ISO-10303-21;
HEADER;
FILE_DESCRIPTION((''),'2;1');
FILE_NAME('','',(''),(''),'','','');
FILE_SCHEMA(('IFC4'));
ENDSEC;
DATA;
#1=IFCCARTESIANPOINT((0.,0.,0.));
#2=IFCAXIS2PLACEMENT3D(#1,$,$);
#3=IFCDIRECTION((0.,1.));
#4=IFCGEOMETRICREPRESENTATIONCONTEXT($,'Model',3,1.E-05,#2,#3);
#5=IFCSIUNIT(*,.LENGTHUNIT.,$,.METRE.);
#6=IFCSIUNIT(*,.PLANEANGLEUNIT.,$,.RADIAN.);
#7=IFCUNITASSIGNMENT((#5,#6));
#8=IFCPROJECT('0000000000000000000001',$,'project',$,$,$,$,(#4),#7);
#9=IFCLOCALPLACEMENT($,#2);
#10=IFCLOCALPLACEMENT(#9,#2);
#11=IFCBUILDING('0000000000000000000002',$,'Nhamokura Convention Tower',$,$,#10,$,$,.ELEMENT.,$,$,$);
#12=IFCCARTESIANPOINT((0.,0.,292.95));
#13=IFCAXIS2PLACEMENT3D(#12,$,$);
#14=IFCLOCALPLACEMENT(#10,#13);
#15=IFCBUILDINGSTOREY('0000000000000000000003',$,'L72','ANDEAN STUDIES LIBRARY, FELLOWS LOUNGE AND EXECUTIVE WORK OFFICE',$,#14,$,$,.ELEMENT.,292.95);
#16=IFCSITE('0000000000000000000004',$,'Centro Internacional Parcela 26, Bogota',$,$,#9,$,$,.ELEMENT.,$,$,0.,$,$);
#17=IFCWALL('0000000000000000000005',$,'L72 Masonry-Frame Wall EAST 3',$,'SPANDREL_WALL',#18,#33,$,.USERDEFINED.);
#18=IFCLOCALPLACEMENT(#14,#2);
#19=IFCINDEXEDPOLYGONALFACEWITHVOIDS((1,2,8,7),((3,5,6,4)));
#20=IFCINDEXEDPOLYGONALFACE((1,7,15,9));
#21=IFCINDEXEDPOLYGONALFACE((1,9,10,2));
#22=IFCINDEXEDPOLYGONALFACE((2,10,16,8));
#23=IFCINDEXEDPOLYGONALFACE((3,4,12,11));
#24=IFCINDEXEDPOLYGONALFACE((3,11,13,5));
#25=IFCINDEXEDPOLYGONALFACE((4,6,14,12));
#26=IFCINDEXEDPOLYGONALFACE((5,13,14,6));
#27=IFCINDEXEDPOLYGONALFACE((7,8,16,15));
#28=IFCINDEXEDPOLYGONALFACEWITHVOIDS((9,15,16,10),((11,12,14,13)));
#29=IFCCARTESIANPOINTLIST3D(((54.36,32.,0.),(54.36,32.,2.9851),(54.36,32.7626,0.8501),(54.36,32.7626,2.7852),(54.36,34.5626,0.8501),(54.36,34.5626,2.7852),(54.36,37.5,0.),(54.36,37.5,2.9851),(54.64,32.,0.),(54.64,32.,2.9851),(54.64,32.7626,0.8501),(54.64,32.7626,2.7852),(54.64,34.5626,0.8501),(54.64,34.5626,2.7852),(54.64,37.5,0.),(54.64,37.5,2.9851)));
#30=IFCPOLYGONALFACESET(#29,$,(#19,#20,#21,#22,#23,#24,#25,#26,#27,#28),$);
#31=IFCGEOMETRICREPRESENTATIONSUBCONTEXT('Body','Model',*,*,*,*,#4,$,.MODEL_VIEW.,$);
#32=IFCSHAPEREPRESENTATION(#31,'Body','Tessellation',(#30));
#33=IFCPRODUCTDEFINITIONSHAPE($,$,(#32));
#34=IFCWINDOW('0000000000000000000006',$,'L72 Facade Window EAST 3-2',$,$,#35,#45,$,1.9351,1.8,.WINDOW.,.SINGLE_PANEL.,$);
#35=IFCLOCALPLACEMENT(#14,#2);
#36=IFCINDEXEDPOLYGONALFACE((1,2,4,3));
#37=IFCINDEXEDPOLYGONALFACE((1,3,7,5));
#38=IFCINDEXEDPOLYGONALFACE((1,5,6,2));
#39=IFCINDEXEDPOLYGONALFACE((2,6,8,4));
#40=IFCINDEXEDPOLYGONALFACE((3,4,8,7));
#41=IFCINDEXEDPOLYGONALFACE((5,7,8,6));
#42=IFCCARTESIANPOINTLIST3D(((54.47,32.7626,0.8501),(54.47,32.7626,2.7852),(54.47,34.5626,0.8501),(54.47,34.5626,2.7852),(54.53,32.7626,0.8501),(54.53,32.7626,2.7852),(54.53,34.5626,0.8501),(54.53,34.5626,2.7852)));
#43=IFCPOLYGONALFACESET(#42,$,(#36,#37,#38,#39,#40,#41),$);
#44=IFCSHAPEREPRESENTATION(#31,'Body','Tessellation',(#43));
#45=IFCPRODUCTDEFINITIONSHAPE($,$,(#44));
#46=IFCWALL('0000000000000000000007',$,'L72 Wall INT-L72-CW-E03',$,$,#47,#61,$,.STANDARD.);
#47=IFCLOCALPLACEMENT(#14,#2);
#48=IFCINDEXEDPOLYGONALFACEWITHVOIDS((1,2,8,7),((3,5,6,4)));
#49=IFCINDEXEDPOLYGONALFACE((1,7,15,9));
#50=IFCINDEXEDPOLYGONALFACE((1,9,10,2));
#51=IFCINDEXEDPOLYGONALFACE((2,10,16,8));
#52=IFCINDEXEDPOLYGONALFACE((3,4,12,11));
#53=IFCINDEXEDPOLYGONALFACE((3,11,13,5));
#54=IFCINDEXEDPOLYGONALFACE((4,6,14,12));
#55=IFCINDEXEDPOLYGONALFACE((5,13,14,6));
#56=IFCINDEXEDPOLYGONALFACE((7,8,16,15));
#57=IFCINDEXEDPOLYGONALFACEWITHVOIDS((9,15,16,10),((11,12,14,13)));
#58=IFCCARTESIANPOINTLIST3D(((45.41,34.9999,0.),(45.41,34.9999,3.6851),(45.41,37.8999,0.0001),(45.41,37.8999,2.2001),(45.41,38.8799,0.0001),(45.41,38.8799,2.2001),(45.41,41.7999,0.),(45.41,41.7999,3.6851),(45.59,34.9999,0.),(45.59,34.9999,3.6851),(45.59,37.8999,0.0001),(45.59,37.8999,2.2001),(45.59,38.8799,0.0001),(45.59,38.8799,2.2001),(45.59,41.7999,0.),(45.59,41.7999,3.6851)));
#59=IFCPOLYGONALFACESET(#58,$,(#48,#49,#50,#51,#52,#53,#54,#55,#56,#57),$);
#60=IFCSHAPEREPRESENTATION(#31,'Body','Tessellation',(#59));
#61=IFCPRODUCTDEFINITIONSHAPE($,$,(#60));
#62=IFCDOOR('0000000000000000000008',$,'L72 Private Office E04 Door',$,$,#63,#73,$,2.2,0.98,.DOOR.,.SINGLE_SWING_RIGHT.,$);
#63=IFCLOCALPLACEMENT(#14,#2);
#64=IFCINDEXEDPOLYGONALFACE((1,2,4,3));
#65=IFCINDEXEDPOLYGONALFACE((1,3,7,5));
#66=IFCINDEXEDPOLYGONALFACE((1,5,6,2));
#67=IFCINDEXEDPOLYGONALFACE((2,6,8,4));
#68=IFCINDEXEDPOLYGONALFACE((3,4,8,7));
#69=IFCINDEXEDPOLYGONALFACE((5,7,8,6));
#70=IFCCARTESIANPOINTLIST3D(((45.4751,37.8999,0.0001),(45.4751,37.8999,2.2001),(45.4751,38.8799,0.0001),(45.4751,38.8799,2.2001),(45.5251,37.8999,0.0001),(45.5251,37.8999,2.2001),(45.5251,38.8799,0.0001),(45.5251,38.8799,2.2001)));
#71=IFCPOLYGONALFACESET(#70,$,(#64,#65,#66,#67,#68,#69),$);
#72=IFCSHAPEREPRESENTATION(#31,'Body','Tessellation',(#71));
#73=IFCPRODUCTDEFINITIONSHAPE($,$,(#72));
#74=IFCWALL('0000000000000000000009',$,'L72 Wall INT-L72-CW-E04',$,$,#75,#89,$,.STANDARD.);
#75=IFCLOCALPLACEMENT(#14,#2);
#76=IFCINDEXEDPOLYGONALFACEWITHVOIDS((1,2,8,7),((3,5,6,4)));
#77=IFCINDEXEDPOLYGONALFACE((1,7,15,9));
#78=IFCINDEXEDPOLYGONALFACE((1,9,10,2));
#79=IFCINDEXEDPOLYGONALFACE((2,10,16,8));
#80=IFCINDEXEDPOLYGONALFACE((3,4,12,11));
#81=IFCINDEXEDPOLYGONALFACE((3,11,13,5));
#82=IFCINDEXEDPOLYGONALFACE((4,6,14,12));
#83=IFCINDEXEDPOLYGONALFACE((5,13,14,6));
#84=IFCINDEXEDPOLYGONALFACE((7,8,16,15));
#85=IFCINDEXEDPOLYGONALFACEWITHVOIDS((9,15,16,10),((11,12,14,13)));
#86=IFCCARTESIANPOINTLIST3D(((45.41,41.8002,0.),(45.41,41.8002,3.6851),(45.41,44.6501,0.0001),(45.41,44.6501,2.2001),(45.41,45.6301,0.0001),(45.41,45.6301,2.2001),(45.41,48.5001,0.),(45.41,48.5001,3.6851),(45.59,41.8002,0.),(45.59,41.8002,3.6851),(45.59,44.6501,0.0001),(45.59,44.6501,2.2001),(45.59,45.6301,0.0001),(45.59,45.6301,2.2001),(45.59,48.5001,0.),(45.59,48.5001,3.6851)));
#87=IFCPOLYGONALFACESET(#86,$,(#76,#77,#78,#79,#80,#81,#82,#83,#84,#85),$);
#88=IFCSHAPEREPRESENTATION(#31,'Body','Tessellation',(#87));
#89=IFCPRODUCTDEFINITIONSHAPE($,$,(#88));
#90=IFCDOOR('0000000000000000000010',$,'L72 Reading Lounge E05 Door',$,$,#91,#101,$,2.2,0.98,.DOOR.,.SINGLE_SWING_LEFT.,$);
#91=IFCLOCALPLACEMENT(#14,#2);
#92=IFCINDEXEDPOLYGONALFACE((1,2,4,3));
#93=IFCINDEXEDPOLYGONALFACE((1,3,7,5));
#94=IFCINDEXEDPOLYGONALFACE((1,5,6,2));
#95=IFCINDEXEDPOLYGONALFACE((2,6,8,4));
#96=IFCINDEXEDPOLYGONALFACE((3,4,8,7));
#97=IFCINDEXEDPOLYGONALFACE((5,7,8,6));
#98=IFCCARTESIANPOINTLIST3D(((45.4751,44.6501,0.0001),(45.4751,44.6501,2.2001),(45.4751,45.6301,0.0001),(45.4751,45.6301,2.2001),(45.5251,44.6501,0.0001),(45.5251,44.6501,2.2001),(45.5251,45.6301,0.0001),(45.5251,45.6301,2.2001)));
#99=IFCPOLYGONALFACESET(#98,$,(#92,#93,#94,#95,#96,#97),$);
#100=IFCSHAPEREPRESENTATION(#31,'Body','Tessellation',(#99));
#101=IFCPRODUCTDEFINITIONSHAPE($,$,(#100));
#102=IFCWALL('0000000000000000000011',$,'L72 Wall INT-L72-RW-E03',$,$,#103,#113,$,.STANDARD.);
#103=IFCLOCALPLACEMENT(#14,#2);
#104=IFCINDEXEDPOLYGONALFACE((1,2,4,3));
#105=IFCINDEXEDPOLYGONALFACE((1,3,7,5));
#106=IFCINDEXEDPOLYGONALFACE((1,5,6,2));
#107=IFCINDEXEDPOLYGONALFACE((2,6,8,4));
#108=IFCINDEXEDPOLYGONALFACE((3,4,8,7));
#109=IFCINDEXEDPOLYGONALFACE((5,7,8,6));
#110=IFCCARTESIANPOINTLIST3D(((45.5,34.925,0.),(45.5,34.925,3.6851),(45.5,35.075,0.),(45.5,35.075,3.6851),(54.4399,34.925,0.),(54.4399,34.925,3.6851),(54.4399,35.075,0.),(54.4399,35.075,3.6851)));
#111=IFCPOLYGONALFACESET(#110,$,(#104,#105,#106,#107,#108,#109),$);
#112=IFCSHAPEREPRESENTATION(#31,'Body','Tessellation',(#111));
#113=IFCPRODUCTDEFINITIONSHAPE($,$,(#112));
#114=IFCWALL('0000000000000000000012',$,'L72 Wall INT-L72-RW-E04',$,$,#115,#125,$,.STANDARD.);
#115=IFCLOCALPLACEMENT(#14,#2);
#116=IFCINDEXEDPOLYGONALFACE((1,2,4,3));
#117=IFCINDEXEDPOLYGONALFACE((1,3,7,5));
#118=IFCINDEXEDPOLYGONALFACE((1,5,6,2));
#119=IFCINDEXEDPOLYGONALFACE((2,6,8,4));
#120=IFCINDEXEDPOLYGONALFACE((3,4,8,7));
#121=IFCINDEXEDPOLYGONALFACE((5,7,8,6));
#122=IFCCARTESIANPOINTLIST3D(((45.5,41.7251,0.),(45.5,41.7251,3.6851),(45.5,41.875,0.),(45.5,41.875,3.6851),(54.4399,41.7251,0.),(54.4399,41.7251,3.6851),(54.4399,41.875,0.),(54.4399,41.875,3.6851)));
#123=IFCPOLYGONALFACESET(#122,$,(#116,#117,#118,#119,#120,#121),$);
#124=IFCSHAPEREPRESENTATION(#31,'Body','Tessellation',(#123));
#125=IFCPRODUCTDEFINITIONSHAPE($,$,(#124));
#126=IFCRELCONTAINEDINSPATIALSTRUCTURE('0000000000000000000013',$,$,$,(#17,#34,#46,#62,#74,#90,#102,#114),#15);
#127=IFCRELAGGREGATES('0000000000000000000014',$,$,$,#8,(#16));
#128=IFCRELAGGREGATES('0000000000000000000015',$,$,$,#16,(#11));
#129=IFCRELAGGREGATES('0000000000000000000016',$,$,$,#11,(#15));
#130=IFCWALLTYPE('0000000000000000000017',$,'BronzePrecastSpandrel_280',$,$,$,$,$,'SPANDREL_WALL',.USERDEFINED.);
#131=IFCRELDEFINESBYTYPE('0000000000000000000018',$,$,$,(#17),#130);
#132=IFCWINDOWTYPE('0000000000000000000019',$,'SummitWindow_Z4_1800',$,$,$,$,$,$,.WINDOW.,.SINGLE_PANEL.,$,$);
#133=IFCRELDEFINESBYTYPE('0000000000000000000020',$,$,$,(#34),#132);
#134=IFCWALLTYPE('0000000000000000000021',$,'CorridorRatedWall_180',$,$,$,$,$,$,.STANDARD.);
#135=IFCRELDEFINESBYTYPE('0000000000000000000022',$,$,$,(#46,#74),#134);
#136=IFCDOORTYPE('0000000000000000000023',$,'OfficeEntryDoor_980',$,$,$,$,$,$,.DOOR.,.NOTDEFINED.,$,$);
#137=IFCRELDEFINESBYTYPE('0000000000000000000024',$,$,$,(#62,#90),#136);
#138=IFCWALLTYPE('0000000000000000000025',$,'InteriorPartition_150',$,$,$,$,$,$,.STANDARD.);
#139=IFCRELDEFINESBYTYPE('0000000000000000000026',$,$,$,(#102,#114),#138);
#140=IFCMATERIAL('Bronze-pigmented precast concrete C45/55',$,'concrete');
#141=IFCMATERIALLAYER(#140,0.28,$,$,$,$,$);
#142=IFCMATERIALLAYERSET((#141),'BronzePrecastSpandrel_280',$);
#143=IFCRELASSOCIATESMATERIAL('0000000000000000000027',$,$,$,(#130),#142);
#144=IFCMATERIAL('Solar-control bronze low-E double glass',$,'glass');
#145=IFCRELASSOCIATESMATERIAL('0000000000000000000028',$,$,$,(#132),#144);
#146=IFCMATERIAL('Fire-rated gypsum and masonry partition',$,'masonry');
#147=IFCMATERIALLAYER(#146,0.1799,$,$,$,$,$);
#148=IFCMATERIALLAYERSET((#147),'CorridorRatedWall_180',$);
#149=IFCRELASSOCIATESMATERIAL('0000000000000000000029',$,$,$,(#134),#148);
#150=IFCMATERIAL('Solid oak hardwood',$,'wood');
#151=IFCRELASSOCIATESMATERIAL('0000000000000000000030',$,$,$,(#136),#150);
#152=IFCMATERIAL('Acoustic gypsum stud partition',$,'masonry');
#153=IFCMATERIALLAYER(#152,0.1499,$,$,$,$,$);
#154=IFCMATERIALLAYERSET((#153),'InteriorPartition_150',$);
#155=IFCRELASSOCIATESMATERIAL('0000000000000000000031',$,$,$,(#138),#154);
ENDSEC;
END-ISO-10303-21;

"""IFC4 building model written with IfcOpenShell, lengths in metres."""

from ifc_helpers import new_model, si_unit, direction, frame, frame_2d, origin, place, context, subcontext, project, spatial, rectangle, extrude, material, layer, layer_set, type_object, element, fill, save


model = new_model("IFC4")

# Units and contexts
model_context = context("Model", 3, precision=1e-05, world=origin(), true_north=direction((0.0, 1.0)))
body_context = subcontext(model_context, "Body", "Model", "MODEL_VIEW")
ifc_project = project(units=[si_unit("LENGTHUNIT", "METRE"), si_unit("PLANEANGLEUNIT", "RADIAN")], contexts=[model_context])

# Site, building, storey
site_placement = place(None, origin())
site = spatial("IfcSite", under=ifc_project, at=site_placement, Name="Centro Internacional Parcela 26, Bogota", CompositionType="ELEMENT", RefElevation=0.0)
building_placement = place(site_placement, origin())
building = spatial("IfcBuilding", under=site, at=building_placement, Name="Nhamokura Convention Tower", CompositionType="ELEMENT")
storey_placement = place(building_placement, frame((0.0, 0.0, 292.95)))
storey = spatial("IfcBuildingStorey", under=building, at=storey_placement, Name="L72", Description="ANDEAN STUDIES LIBRARY, FELLOWS LOUNGE AND EXECUTIVE WORK OFFICE", CompositionType="ELEMENT", Elevation=292.95)

# Wall, opening, window
ifc_material_1 = material(Name="Bronze-pigmented precast concrete C45/55", Category="concrete")
ifc_layer_1 = layer(ifc_material_1, 0.28)
ifc_layer_set_1 = layer_set([ifc_layer_1], Name="BronzePrecastSpandrel_280")
wall_type_1 = type_object("IfcWallType", Name="BronzePrecastSpandrel_280", ElementType="SPANDREL_WALL", PredefinedType="USERDEFINED", material=ifc_layer_set_1)
wall_1_placement = place(storey_placement, frame((54.5, 37.5, 0.0), z_axis=(0.0, 0.0, 1.0), x_axis=(0.0, -1.0, 0.0)))
wall_1 = element("IfcWall", 1, at=wall_1_placement, inside=storey, type_object=wall_type_1, Name="L72 Masonry-Frame Wall EAST 3", ObjectType="SPANDREL_WALL", PredefinedType="USERDEFINED", context=body_context, shape_type="SweptSolid", body=[
    extrude(rectangle(XDim=5.5, YDim=0.28, at=frame_2d((2.75, 0.0))), origin(), (0.0, 0.0, 1.0), 2.9851),
])
opening_1_placement = place(wall_1_placement, frame((2.9375, 0.0, 0.8501)))
opening_1 = element("IfcOpeningElement", 2, at=opening_1_placement, cuts=wall_1, PredefinedType="OPENING", context=body_context, shape_type="SweptSolid", body=[
    extrude(rectangle(XDim=1.8, YDim=1.9351, at=frame_2d((0.8999, 0.9675))), frame((0.0, 0.1499, 0.0), z_axis=(0.0, -1.0, 0.0), x_axis=(1.0, 0.0, 0.0)), (0.0, 0.0, 1.0), 0.3),
])
ifc_material_2 = material(Name="Solar-control bronze low-E double glass", Category="glass")
window_type_1 = type_object("IfcWindowType", Name="SummitWindow_Z4_1800", PartitioningType="SINGLE_PANEL", PredefinedType="WINDOW", material=ifc_material_2)
window_1_placement = place(opening_1_placement, origin())
window_1 = element("IfcWindow", 3, at=window_1_placement, inside=storey, type_object=window_type_1, Name="L72 Facade Window EAST 3-2", OverallHeight=1.9351, OverallWidth=1.8, PartitioningType="SINGLE_PANEL", PredefinedType="WINDOW", context=body_context, shape_type="SweptSolid", body=[
    extrude(rectangle(XDim=1.8, YDim=1.9351, at=frame_2d((0.8999, 0.9675))), frame((0.0, 0.03, 0.0), z_axis=(0.0, -1.0, 0.0), x_axis=(1.0, 0.0, 0.0)), (0.0, 0.0, 1.0), 0.0601),
])
fill(opening_1, window_1)

# Walls, openings, doors
ifc_material_3 = material(Name="Fire-rated gypsum and masonry partition", Category="masonry")
ifc_layer_2 = layer(ifc_material_3, 0.1799)
ifc_layer_set_2 = layer_set([ifc_layer_2], Name="CorridorRatedWall_180")
wall_type_2 = type_object("IfcWallType", Name="CorridorRatedWall_180", PredefinedType="STANDARD", material=ifc_layer_set_2)
wall_2_placement = place(storey_placement, frame((45.5, 35.0, 0.0), z_axis=(0.0, 0.0, 1.0), x_axis=(0.0, 1.0, 0.0)))
wall_2 = element("IfcWall", 4, at=wall_2_placement, inside=storey, type_object=wall_type_2, Name="L72 Wall INT-L72-CW-E03", PredefinedType="STANDARD", context=body_context, shape_type="SweptSolid", body=[
    extrude(rectangle(XDim=6.8, YDim=0.1799, at=frame_2d((3.3999, 0.0))), origin(), (0.0, 0.0, 1.0), 3.6851),
])
opening_2_placement = place(wall_2_placement, frame((2.8999, 0.0, 0.0)))
opening_2 = element("IfcOpeningElement", 5, at=opening_2_placement, cuts=wall_2, PredefinedType="OPENING", context=body_context, shape_type="SweptSolid", body=[
    extrude(rectangle(XDim=0.98, YDim=2.2, at=frame_2d((0.49, 1.1001))), frame((0.0, 0.0999, 0.0), z_axis=(0.0, -1.0, 0.0), x_axis=(1.0, 0.0, 0.0)), (0.0, 0.0, 1.0), 0.2),
])
ifc_material_4 = material(Name="Solid oak hardwood", Category="wood")
door_type = type_object("IfcDoorType", Name="OfficeEntryDoor_980", OperationType="NOTDEFINED", PredefinedType="DOOR", material=ifc_material_4)
door_1_placement = place(opening_2_placement, origin())
door_1 = element("IfcDoor", 6, at=door_1_placement, inside=storey, type_object=door_type, Name="L72 Private Office E04 Door", OperationType="SINGLE_SWING_RIGHT", OverallHeight=2.2, OverallWidth=0.98, PredefinedType="DOOR", context=body_context, shape_type="SweptSolid", body=[
    extrude(rectangle(XDim=0.98, YDim=2.2, at=frame_2d((0.49, 1.1001))), frame((0.0, 0.0249, 0.0), z_axis=(0.0, -1.0, 0.0), x_axis=(1.0, 0.0, 0.0)), (0.0, 0.0, 1.0), 0.05),
])
fill(opening_2, door_1)
wall_3_placement = place(storey_placement, frame((45.5, 41.8, 0.0), z_axis=(0.0, 0.0, 1.0), x_axis=(0.0, 1.0, 0.0)))
wall_3 = element("IfcWall", 7, at=wall_3_placement, inside=storey, type_object=wall_type_2, Name="L72 Wall INT-L72-CW-E04", PredefinedType="STANDARD", context=body_context, shape_type="SweptSolid", body=[
    extrude(rectangle(XDim=6.7, YDim=0.1799, at=frame_2d((3.3501, 0.0))), origin(), (0.0, 0.0, 1.0), 3.6851),
])
opening_3_placement = place(wall_3_placement, frame((2.8501, 0.0, 0.0)))
opening_3 = element("IfcOpeningElement", 8, at=opening_3_placement, cuts=wall_3, PredefinedType="OPENING", context=body_context, shape_type="SweptSolid", body=[
    extrude(rectangle(XDim=0.98, YDim=2.2, at=frame_2d((0.49, 1.1001))), frame((0.0, 0.0999, 0.0), z_axis=(0.0, -1.0, 0.0), x_axis=(1.0, 0.0, 0.0)), (0.0, 0.0, 1.0), 0.2),
])
door_2_placement = place(opening_3_placement, origin())
door_2 = element("IfcDoor", 9, at=door_2_placement, inside=storey, type_object=door_type, Name="L72 Reading Lounge E05 Door", OperationType="SINGLE_SWING_LEFT", OverallHeight=2.2, OverallWidth=0.98, PredefinedType="DOOR", context=body_context, shape_type="SweptSolid", body=[
    extrude(rectangle(XDim=0.98, YDim=2.2, at=frame_2d((0.49, 1.1001))), frame((0.0, 0.0249, 0.0), z_axis=(0.0, -1.0, 0.0), x_axis=(1.0, 0.0, 0.0)), (0.0, 0.0, 1.0), 0.05),
])
fill(opening_3, door_2)

# Walls
ifc_material_5 = material(Name="Acoustic gypsum stud partition", Category="masonry")
ifc_layer_3 = layer(ifc_material_5, 0.1499)
ifc_layer_set_3 = layer_set([ifc_layer_3], Name="InteriorPartition_150")
wall_type_3 = type_object("IfcWallType", Name="InteriorPartition_150", PredefinedType="STANDARD", material=ifc_layer_set_3)
for number, where, z_axis, x_axis, name in (
    (10, (45.5, 35.0, 0.0), (0.0, 0.0, 1.0), (1.0, 0.0, 0.0), "L72 Wall INT-L72-RW-E03"),
    (11, (45.5, 41.8, 0.0), (0.0, 0.0, 1.0), (1.0, 0.0, 0.0), "L72 Wall INT-L72-RW-E04"),
):
    element("IfcWall", number, at=place(storey_placement, frame(where, z_axis=z_axis, x_axis=x_axis)), inside=storey, type_object=wall_type_3, Name=name, PredefinedType="STANDARD", context=body_context, shape_type="SweptSolid", body=[
        extrude(rectangle(XDim=8.9399, YDim=0.1499, at=frame_2d((4.47, 0.0))), origin(), (0.0, 0.0, 1.0), 3.6851),
    ])

save(model, "model.ifc")
